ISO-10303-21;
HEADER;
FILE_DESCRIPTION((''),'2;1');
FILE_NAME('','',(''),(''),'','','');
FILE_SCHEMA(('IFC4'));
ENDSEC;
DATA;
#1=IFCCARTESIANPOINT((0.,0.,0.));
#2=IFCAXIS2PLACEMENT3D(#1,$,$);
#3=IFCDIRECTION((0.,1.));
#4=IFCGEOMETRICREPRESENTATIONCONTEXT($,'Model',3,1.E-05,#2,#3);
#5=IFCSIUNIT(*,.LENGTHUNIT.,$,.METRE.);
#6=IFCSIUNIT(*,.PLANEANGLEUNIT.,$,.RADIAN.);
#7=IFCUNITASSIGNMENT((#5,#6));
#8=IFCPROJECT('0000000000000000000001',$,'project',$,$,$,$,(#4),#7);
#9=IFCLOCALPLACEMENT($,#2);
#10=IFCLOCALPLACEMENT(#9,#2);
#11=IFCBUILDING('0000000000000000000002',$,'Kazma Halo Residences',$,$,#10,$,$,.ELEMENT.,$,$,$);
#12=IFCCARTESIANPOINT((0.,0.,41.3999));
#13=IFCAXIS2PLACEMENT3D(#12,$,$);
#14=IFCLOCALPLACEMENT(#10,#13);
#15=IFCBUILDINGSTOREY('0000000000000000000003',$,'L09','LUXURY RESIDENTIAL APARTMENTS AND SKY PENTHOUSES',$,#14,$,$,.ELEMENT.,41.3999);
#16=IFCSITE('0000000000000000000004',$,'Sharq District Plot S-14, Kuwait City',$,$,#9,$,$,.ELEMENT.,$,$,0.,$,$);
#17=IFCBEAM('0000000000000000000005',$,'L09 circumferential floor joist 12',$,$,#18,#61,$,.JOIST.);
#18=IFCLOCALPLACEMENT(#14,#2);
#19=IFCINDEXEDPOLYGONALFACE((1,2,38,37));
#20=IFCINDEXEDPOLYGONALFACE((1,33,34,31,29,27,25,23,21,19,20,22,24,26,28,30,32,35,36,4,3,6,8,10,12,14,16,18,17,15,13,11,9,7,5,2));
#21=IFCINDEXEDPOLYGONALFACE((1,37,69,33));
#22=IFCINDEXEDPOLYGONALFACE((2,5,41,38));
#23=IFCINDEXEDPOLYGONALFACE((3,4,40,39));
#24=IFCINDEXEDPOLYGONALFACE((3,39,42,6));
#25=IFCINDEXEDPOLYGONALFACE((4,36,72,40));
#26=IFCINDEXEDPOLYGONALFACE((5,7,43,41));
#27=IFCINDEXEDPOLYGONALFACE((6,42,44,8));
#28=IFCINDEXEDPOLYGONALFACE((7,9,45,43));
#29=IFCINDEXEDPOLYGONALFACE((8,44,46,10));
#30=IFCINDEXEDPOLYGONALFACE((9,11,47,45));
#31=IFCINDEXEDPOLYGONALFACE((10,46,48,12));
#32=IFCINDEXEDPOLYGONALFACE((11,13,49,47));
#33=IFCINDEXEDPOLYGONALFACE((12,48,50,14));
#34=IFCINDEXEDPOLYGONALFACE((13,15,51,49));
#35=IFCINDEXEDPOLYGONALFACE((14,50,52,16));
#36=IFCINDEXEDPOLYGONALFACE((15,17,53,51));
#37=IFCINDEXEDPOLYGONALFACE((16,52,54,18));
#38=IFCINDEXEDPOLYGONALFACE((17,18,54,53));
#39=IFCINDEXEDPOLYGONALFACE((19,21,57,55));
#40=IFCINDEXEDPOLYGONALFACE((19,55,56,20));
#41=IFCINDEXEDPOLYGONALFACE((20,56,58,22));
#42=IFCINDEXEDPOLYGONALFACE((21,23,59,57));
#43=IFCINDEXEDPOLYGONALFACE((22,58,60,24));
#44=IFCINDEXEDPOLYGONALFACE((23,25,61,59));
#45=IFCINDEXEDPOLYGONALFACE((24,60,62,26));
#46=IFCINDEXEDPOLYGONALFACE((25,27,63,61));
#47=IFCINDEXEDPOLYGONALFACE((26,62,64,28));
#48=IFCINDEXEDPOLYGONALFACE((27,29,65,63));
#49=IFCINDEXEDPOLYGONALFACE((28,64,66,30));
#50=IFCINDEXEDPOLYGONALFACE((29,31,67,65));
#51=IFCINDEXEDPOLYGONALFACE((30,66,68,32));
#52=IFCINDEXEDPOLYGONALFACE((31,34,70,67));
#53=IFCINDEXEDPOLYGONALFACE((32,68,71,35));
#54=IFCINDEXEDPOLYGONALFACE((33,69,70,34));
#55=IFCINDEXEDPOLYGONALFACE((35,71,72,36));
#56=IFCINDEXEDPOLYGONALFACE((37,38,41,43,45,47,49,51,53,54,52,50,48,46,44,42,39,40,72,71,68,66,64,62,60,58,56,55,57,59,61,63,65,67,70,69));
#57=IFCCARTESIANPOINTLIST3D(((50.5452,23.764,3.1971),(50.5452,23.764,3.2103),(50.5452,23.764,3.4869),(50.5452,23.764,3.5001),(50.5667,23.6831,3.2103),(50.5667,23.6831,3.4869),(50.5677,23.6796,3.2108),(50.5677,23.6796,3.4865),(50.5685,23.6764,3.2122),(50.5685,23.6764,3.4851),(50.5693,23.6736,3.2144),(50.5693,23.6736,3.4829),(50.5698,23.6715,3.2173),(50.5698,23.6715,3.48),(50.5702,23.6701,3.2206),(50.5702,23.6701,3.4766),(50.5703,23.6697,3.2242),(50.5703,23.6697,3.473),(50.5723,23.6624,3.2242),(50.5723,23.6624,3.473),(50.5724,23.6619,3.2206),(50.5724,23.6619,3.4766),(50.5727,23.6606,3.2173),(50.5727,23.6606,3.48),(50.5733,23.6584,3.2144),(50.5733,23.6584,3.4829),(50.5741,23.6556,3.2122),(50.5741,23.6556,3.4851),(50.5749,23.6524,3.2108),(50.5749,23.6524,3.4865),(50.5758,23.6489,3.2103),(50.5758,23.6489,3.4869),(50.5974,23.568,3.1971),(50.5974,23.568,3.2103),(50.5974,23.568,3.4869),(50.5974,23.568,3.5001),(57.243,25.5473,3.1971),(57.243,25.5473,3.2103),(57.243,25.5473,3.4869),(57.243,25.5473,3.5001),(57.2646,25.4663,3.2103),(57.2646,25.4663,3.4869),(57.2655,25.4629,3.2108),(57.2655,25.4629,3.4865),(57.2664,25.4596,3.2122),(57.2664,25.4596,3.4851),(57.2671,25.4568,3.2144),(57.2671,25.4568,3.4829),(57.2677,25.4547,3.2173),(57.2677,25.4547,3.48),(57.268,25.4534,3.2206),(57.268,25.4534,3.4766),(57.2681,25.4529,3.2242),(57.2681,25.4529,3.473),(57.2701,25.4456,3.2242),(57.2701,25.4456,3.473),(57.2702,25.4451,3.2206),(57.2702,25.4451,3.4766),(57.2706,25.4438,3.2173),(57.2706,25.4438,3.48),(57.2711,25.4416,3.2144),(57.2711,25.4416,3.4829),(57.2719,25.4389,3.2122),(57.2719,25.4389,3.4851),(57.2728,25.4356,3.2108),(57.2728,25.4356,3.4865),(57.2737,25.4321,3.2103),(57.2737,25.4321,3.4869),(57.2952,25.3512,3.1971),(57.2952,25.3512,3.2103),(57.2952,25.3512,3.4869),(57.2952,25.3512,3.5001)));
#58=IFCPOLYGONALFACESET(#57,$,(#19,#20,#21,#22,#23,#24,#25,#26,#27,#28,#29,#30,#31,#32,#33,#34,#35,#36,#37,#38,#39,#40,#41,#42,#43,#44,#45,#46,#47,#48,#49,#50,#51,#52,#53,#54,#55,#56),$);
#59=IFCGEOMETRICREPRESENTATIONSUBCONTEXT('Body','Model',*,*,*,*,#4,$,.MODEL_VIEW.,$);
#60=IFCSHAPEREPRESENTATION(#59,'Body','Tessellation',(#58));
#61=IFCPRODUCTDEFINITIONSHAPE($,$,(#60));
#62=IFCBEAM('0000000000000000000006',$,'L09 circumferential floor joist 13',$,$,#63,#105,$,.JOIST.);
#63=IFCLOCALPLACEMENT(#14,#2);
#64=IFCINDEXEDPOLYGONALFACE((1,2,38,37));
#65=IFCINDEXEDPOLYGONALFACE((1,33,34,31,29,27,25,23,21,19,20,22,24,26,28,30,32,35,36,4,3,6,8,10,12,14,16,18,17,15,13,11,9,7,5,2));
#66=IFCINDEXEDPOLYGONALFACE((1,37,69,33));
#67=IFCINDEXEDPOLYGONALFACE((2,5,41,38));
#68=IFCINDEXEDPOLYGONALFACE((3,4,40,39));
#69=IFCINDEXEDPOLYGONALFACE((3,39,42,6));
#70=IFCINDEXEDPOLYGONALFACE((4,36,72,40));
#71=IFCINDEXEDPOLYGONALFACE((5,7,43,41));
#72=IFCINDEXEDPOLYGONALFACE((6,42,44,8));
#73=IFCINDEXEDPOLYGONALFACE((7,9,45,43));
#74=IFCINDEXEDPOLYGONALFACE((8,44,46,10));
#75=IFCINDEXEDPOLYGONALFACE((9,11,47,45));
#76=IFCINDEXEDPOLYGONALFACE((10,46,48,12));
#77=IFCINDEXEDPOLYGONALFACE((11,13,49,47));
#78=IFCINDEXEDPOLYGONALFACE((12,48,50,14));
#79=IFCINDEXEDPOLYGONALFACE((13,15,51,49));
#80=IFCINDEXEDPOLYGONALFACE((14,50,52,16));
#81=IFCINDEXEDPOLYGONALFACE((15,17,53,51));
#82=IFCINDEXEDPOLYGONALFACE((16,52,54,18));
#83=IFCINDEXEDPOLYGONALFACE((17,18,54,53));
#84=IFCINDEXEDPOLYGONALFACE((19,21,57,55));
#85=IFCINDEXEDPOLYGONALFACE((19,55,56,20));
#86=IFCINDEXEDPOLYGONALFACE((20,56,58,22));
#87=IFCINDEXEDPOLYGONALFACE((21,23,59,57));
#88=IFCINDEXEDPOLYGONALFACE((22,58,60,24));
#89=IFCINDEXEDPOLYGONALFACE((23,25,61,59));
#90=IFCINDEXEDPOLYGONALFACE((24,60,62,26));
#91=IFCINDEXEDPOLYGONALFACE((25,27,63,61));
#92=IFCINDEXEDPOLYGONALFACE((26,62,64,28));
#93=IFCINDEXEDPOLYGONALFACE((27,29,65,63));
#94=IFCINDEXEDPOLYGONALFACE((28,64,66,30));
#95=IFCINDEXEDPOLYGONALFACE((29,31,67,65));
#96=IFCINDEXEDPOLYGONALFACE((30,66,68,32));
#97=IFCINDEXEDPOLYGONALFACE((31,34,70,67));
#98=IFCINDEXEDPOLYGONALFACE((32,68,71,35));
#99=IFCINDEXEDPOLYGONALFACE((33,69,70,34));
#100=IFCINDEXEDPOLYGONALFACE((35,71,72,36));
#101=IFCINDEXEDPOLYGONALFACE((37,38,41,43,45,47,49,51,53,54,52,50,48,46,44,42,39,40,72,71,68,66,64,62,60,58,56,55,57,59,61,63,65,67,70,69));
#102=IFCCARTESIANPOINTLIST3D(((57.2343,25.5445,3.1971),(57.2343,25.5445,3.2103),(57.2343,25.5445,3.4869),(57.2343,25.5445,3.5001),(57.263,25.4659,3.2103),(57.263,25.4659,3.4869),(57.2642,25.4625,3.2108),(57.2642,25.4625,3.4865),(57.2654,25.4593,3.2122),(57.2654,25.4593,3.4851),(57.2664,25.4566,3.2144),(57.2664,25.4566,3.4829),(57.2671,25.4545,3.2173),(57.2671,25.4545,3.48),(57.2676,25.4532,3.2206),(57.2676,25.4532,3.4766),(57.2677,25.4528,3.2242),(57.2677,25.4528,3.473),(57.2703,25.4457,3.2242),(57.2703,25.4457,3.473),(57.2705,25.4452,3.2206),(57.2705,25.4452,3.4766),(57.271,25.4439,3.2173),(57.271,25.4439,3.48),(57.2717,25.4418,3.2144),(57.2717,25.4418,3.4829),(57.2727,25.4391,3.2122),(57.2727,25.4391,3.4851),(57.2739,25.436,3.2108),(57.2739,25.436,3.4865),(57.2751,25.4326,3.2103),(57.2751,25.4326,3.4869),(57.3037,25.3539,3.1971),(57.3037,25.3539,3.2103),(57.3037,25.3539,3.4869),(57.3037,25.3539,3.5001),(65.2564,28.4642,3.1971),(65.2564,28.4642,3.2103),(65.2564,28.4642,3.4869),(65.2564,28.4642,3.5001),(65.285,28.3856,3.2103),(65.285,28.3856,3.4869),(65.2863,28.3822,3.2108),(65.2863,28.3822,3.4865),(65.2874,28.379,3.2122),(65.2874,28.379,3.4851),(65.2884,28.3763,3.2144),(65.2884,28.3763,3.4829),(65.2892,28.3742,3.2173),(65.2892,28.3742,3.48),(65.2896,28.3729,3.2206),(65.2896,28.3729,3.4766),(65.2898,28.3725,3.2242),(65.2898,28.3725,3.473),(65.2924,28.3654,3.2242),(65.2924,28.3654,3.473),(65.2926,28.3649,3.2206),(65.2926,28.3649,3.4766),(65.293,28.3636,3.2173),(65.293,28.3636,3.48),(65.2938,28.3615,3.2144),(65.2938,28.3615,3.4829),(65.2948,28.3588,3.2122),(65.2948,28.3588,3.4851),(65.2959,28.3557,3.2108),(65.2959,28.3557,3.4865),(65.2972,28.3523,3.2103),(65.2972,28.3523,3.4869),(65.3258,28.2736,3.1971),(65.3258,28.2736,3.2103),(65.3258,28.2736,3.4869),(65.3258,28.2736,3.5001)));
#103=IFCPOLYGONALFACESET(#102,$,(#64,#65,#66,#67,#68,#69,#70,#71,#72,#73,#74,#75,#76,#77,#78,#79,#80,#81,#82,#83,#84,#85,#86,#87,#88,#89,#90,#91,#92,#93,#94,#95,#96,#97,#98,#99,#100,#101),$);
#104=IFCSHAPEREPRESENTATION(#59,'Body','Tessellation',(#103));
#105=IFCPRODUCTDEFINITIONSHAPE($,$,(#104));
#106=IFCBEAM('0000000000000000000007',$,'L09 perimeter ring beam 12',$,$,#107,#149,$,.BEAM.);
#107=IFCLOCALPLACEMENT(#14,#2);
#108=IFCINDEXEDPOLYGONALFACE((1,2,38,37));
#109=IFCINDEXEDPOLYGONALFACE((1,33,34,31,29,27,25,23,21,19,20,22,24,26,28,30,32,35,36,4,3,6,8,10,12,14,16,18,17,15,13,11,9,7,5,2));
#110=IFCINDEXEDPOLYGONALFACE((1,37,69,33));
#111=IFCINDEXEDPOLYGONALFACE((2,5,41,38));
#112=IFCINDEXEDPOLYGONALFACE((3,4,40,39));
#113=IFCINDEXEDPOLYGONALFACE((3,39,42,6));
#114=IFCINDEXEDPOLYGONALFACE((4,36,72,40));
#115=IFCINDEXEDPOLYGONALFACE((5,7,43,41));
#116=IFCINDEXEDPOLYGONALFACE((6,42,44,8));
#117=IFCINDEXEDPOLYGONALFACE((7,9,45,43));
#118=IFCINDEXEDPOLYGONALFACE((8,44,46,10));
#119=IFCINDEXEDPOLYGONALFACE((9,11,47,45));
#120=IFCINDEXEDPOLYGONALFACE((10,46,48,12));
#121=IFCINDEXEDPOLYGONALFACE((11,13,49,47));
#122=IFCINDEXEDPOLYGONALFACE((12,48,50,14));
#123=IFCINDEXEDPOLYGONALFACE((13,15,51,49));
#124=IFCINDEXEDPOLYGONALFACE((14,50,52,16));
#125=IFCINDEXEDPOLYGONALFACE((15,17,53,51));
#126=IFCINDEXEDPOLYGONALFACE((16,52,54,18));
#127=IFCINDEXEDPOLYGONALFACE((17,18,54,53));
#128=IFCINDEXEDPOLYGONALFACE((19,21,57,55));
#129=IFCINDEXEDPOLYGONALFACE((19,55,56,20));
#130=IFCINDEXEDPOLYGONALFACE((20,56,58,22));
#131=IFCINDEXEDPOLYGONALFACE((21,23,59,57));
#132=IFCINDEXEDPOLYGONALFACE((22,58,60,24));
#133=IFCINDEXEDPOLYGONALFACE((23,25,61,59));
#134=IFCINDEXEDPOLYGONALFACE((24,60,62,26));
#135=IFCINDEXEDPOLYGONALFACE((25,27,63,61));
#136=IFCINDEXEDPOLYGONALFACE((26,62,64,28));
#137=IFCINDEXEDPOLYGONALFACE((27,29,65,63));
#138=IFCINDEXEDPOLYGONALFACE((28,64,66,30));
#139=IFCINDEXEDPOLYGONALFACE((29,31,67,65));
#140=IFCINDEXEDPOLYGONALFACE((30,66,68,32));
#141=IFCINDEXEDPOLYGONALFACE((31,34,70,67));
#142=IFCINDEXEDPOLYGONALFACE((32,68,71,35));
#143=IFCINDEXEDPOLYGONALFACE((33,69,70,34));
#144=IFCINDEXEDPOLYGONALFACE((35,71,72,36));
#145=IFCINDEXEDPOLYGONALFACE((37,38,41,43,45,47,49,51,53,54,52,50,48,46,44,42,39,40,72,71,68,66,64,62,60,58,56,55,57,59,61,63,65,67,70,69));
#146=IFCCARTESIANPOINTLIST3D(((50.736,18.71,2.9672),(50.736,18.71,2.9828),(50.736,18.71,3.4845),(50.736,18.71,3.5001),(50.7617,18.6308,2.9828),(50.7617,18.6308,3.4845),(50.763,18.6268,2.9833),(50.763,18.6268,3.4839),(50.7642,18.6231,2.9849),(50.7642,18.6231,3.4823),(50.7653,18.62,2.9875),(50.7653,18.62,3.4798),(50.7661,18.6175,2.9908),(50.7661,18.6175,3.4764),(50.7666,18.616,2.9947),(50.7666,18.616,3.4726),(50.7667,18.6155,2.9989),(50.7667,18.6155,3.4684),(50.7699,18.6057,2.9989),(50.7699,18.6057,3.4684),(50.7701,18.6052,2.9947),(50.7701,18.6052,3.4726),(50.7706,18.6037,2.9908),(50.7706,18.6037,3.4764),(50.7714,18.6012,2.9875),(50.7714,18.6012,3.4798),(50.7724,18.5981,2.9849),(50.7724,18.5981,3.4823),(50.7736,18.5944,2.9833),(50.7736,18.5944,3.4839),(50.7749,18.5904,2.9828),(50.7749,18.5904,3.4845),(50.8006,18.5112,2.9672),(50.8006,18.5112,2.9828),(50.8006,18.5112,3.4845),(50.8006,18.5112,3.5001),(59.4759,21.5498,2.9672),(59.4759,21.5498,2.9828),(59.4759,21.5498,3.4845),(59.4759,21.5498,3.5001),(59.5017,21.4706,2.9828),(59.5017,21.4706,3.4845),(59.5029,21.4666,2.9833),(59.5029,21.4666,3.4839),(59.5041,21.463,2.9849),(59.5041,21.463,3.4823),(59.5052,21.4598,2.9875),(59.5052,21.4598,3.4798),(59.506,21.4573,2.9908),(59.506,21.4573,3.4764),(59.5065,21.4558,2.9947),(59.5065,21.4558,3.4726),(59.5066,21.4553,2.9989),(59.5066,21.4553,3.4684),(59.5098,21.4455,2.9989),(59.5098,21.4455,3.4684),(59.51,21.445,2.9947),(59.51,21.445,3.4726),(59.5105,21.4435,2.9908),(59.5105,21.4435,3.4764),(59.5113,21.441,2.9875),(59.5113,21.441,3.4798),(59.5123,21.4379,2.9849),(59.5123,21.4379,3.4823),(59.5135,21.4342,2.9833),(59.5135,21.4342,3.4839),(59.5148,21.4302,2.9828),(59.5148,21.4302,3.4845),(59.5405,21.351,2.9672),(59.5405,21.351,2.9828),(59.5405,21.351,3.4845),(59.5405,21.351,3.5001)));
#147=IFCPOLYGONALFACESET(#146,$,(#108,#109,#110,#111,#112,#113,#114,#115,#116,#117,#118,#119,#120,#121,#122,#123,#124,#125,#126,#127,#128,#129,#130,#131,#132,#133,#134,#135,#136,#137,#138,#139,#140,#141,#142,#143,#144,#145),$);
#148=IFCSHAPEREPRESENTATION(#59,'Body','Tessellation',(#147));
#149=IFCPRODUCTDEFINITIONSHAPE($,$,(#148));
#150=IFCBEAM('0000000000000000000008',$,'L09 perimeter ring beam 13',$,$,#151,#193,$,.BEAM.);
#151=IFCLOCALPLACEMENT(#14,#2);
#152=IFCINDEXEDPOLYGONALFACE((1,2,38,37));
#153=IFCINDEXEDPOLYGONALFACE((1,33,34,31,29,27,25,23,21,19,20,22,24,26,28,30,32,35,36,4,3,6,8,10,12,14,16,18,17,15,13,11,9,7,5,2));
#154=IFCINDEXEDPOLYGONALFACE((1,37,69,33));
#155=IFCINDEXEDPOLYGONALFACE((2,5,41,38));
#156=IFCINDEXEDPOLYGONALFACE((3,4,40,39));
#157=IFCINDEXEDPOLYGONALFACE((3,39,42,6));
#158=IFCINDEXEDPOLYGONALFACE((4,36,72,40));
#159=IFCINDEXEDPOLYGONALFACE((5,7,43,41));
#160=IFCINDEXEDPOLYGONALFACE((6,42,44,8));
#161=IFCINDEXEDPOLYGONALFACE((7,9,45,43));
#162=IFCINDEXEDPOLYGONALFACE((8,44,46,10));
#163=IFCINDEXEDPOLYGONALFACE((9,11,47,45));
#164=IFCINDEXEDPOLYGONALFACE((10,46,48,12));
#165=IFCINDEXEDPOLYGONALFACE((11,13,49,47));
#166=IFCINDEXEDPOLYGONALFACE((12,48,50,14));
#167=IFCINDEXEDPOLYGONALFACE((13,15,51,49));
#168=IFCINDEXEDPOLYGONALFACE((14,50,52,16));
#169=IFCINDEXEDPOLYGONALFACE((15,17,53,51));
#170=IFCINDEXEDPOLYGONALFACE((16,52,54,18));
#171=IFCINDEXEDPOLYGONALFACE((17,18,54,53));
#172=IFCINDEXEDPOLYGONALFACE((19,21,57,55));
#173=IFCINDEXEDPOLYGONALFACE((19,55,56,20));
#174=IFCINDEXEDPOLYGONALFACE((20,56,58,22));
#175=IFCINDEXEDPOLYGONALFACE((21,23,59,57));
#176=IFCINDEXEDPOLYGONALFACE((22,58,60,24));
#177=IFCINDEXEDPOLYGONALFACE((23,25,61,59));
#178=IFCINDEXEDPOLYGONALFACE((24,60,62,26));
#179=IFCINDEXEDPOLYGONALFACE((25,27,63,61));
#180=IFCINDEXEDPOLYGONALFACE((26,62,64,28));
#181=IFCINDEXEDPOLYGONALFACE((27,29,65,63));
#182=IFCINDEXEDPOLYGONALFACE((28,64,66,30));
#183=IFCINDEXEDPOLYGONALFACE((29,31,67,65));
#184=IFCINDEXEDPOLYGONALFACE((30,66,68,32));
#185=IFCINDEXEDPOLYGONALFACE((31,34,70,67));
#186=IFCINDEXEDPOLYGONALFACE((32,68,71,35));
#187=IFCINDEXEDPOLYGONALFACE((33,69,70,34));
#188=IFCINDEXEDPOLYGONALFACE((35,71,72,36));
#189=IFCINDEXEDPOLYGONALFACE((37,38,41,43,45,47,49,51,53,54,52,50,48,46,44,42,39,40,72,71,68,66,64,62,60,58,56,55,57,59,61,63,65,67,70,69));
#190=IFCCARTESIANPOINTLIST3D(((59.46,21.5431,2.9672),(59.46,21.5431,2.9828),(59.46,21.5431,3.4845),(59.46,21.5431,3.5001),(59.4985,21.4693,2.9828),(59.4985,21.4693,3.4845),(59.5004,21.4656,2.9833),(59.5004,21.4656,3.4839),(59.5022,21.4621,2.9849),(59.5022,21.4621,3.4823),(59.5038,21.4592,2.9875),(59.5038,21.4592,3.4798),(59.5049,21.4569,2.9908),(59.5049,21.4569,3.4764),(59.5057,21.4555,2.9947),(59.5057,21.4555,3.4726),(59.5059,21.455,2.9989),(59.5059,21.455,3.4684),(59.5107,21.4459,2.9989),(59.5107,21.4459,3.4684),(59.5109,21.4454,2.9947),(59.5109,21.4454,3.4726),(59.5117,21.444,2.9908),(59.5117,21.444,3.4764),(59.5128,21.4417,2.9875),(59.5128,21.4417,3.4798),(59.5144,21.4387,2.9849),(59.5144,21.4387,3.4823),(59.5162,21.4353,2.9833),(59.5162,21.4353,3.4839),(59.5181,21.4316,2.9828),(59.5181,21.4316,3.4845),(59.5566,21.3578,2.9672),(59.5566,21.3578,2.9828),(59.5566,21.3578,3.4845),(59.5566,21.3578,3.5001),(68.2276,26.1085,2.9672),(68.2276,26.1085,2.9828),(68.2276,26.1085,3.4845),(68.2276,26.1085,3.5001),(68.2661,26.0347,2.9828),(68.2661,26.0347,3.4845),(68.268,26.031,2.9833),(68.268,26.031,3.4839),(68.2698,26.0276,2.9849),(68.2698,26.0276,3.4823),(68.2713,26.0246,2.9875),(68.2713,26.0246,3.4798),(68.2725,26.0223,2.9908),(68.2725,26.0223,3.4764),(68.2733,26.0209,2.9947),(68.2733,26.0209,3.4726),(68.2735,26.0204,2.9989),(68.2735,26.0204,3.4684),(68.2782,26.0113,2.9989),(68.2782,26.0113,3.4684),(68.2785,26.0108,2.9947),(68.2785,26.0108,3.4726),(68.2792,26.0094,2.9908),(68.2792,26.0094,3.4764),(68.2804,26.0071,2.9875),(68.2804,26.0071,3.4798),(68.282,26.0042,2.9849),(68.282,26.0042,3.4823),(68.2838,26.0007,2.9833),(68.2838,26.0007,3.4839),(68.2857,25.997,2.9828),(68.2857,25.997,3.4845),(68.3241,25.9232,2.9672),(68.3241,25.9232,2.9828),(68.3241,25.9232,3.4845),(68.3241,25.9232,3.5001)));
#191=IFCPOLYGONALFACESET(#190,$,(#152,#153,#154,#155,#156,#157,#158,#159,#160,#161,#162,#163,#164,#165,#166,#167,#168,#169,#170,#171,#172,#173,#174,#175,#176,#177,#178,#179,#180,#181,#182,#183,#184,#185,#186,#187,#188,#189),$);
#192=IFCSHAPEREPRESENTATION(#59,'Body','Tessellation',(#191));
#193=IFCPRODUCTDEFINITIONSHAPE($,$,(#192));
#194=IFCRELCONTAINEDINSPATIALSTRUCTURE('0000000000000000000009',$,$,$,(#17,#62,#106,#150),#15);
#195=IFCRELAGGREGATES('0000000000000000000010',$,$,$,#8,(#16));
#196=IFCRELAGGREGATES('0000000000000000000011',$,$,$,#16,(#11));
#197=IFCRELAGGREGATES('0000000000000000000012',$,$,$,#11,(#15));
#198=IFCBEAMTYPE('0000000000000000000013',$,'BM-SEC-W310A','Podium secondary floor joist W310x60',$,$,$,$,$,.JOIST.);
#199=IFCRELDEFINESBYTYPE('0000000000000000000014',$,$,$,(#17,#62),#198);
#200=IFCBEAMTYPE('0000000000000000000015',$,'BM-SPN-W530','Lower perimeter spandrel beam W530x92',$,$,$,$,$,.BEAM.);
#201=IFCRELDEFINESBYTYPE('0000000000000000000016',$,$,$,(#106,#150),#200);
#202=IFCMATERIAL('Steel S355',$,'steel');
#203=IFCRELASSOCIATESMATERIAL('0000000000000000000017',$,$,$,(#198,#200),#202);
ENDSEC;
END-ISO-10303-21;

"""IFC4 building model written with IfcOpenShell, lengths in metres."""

from ifc_helpers import new_model, si_unit, direction, frame, origin, origin_2d, place, context, subcontext, project, spatial, i_section, extrude, material, material_profile, profile_set, type_object, element, save


model = new_model("IFC4")

# Units and contexts
model_context = context("Model", 3, precision=1e-05, world=origin(), true_north=direction((0.0, 1.0)))
body_context = subcontext(model_context, "Body", "Model", "MODEL_VIEW")
ifc_project = project(units=[si_unit("LENGTHUNIT", "METRE"), si_unit("PLANEANGLEUNIT", "RADIAN")], contexts=[model_context])

# Site, building, storey
site_placement = place(None, origin())
site = spatial("IfcSite", under=ifc_project, at=site_placement, Name="Sharq District Plot S-14, Kuwait City", CompositionType="ELEMENT", RefElevation=0.0)
building_placement = place(site_placement, origin())
building = spatial("IfcBuilding", under=site, at=building_placement, Name="Kazma Halo Residences", CompositionType="ELEMENT")
storey_placement = place(building_placement, frame((0.0, 0.0, 41.3999)))
storey = spatial("IfcBuildingStorey", under=building, at=storey_placement, Name="L09", Description="LUXURY RESIDENTIAL APARTMENTS AND SKY PENTHOUSES", CompositionType="ELEMENT", Elevation=41.3999)

# Beams
ifc_material_1 = material(Name="Steel S355", Category="steel")
ifc_material_profile_1 = material_profile(ifc_material_1, i_section(OverallWidth=0.2029, OverallDepth=0.303, WebThickness=0.0076, FlangeThickness=0.0132, FilletRadius=0.0139, at=origin_2d()), Name="W310x60")
ifc_profile_set_1 = profile_set([ifc_material_profile_1], Name="Steel S355")
beam_type_1 = type_object("IfcBeamType", Name="BM-SEC-W310A", Description="Podium secondary floor joist W310x60", PredefinedType="JOIST", material=ifc_profile_set_1)
beam_1_placement = place(storey_placement, frame((50.5713, 23.666, 3.3486), z_axis=(0.966338, 0.257277, 0.0), x_axis=(-0.257277, 0.966338, 0.0)))
element("IfcBeam", 1, at=beam_1_placement, inside=storey, type_object=beam_type_1, Name="L09 circumferential floor joist 12", PredefinedType="JOIST", context=body_context, shape_type="SweptSolid", body=[
    extrude(i_section(OverallWidth=0.2029, OverallDepth=0.303, WebThickness=0.0076, FlangeThickness=0.0132, FilletRadius=0.0139, at=origin_2d()), origin(), (0.0, 0.0, 1.0), 6.9312),
])
beam_2_placement = place(storey_placement, frame((57.269, 25.4492, 3.3486), z_axis=(0.939696, 0.342012, 0.0), x_axis=(-0.342012, 0.939696, 0.0)))
element("IfcBeam", 2, at=beam_2_placement, inside=storey, type_object=beam_type_1, Name="L09 circumferential floor joist 13", PredefinedType="JOIST", context=body_context, shape_type="SweptSolid", body=[
    extrude(i_section(OverallWidth=0.2029, OverallDepth=0.303, WebThickness=0.0076, FlangeThickness=0.0132, FilletRadius=0.0139, at=origin_2d()), origin(), (0.0, 0.0, 1.0), 8.5369),
])
ifc_material_profile_2 = material_profile(ifc_material_1, i_section(OverallWidth=0.209, OverallDepth=0.533, WebThickness=0.0103, FlangeThickness=0.0156, FilletRadius=0.0161, at=origin_2d()), Name="W530x92")
ifc_profile_set_2 = profile_set([ifc_material_profile_2], Name="Steel S355")
beam_type_2 = type_object("IfcBeamType", Name="BM-SPN-W530", Description="Lower perimeter spandrel beam W530x92", PredefinedType="BEAM", material=ifc_profile_set_2)
beam_3_placement = place(storey_placement, frame((50.7683, 18.6106, 3.2336), z_axis=(0.951055, 0.309022, 0.0), x_axis=(-0.309022, 0.951055, 0.0)))
element("IfcBeam", 3, at=beam_3_placement, inside=storey, type_object=beam_type_2, Name="L09 perimeter ring beam 12", PredefinedType="BEAM", context=body_context, shape_type="SweptSolid", body=[
    extrude(i_section(OverallWidth=0.209, OverallDepth=0.533, WebThickness=0.0103, FlangeThickness=0.0156, FilletRadius=0.0161, at=origin_2d()), origin(), (0.0, 0.0, 1.0), 9.1897),
])
beam_4_placement = place(storey_placement, frame((59.5083, 21.4504, 3.2336), z_axis=(0.886956, 0.461853, 0.0), x_axis=(-0.461853, 0.886956, 0.0)))
element("IfcBeam", 4, at=beam_4_placement, inside=storey, type_object=beam_type_2, Name="L09 perimeter ring beam 13", PredefinedType="BEAM", context=body_context, shape_type="SweptSolid", body=[
    extrude(i_section(OverallWidth=0.209, OverallDepth=0.533, WebThickness=0.0103, FlangeThickness=0.0156, FilletRadius=0.0161, at=origin_2d()), origin(), (0.0, 0.0, 1.0), 9.885),
])

save(model, "model.ifc")
